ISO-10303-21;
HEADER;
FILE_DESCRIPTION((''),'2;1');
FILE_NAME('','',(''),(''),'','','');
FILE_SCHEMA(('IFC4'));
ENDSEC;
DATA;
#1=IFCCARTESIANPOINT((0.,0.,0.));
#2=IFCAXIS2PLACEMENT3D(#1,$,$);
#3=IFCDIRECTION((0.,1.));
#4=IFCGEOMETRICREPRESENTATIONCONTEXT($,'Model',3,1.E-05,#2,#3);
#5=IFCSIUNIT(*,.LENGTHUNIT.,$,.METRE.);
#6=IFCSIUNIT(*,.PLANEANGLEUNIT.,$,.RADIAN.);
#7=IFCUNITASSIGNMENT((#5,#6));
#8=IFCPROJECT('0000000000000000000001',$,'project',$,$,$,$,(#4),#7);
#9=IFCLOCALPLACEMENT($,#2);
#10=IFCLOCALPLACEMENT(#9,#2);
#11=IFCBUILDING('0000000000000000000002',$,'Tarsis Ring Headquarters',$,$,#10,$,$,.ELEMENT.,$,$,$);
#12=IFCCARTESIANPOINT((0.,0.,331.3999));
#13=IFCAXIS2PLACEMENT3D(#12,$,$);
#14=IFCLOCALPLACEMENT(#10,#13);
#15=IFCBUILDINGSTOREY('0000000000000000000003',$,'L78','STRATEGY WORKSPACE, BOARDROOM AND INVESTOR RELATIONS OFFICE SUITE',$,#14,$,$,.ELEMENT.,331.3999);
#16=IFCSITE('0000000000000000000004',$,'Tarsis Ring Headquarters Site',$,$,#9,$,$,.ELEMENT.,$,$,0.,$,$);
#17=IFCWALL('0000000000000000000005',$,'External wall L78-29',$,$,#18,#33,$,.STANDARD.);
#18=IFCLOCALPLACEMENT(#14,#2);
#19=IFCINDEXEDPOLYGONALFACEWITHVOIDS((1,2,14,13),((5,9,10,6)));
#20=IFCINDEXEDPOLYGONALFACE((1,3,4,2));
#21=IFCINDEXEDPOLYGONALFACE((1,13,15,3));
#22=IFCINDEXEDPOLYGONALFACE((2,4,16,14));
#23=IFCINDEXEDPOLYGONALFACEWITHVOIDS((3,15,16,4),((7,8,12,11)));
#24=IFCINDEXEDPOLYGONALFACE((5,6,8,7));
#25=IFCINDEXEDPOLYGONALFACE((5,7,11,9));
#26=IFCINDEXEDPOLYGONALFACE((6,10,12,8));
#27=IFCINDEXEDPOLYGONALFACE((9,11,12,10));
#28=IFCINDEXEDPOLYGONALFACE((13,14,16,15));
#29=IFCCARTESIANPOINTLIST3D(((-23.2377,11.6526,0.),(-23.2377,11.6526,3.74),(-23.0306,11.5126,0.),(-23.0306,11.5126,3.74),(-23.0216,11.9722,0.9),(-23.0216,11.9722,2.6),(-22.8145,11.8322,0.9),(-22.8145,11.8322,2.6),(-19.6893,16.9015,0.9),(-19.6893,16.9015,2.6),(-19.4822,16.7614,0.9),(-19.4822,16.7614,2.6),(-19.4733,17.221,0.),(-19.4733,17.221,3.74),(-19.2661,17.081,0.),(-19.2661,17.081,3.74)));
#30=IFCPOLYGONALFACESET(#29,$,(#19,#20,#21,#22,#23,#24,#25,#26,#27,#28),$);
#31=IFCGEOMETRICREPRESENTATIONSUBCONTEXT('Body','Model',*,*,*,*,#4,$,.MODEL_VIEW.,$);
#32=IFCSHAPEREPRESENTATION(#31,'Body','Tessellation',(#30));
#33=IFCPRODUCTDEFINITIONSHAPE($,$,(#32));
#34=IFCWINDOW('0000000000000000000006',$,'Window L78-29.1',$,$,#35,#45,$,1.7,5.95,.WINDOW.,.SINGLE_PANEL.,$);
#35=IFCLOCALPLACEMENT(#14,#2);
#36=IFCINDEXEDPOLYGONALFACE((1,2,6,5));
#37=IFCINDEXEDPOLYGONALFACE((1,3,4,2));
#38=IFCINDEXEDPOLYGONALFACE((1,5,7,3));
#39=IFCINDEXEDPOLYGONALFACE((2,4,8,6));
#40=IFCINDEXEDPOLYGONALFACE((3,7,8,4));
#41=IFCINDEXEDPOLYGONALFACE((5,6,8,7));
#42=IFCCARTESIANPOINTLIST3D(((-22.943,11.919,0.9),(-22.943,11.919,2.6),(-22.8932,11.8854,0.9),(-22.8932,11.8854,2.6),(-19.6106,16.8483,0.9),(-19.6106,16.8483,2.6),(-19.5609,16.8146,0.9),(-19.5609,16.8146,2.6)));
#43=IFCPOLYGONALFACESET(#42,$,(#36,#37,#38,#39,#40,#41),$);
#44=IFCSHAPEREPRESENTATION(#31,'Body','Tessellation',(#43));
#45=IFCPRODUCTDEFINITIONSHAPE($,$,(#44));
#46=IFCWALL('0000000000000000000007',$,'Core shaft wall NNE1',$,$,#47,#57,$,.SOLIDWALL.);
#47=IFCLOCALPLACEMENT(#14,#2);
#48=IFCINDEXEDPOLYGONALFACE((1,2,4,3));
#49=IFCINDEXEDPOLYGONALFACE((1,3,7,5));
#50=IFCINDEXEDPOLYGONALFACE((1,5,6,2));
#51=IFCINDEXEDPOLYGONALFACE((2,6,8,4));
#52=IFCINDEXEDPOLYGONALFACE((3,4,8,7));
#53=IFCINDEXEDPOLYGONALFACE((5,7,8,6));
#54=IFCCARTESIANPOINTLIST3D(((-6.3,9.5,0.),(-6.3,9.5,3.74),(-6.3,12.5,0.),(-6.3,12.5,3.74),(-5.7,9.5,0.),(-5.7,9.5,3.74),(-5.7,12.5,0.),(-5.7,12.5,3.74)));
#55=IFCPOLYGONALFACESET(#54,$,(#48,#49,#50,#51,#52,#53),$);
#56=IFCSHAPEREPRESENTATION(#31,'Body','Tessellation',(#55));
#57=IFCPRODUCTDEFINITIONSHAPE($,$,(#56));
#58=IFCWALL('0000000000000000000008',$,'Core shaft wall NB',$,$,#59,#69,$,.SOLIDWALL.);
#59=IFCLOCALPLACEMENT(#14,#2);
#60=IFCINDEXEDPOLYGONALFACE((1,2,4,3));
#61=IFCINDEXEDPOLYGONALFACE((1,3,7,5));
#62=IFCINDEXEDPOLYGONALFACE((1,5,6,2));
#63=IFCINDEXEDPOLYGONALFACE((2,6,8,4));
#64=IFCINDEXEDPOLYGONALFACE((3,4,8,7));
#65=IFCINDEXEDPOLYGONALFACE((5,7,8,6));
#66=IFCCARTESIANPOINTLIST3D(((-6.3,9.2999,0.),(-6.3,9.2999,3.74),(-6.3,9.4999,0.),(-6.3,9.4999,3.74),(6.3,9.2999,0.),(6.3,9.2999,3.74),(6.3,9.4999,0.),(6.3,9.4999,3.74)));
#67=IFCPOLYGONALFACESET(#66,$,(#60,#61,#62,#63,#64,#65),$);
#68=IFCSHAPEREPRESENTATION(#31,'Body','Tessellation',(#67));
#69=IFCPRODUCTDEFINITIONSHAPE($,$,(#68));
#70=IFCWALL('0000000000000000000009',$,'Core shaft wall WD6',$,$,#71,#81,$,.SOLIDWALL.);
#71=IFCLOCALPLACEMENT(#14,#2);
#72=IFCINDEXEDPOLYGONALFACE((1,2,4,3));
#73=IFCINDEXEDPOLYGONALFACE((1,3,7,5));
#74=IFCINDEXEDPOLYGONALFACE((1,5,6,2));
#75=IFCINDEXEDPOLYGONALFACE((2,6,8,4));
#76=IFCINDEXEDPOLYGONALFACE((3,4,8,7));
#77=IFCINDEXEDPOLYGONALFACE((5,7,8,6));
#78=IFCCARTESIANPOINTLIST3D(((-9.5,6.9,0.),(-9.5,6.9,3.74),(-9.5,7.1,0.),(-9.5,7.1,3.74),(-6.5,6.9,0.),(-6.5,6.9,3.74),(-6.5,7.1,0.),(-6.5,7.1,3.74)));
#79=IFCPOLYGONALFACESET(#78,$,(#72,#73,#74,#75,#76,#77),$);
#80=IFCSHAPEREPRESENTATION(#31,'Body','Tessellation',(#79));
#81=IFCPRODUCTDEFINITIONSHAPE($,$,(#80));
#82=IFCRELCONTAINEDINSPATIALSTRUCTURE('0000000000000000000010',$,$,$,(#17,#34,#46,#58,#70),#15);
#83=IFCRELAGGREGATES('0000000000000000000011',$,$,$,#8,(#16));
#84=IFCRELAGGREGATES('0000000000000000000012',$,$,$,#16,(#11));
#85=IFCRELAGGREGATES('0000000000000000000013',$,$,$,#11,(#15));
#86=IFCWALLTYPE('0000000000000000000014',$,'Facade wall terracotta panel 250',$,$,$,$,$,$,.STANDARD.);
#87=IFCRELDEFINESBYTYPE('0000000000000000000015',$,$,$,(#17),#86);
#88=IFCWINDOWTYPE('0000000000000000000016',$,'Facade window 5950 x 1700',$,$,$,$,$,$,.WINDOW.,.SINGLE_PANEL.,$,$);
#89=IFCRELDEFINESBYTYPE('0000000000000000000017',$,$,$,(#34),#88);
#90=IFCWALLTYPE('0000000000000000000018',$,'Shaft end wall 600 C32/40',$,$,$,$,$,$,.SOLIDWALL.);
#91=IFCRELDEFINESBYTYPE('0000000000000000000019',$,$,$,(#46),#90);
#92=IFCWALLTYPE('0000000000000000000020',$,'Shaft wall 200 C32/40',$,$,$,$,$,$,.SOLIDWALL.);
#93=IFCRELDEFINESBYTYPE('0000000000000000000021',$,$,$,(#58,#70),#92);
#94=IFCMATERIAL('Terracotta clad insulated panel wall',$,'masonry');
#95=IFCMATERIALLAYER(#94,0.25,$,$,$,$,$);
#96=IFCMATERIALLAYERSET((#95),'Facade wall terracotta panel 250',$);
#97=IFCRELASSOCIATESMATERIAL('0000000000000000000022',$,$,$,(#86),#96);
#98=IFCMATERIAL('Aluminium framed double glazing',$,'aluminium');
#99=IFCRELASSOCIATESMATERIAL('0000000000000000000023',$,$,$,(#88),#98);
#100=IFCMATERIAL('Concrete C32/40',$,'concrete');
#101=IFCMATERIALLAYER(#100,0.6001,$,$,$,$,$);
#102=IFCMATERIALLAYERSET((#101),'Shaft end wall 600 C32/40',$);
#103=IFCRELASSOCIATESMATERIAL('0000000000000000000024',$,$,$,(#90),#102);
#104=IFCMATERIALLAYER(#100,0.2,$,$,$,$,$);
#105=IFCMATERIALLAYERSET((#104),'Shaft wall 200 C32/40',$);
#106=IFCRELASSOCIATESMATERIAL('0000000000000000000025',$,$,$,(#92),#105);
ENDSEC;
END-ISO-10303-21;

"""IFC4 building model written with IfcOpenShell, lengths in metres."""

from ifc_helpers import new_model, si_unit, direction, frame, frame_2d, origin, place, context, subcontext, project, spatial, rectangle, extrude, material, layer, layer_set, type_object, element, fill, save


model = new_model("IFC4")

# Units and contexts
model_context = context("Model", 3, precision=1e-05, world=origin(), true_north=direction((0.0, 1.0)))
body_context = subcontext(model_context, "Body", "Model", "MODEL_VIEW")
ifc_project = project(units=[si_unit("LENGTHUNIT", "METRE"), si_unit("PLANEANGLEUNIT", "RADIAN")], contexts=[model_context])

# Site, building, storey
site_placement = place(None, origin())
site = spatial("IfcSite", under=ifc_project, at=site_placement, Name="Tarsis Ring Headquarters Site", CompositionType="ELEMENT", RefElevation=0.0)
building_placement = place(site_placement, origin())
building = spatial("IfcBuilding", under=site, at=building_placement, Name="Tarsis Ring Headquarters", CompositionType="ELEMENT")
storey_placement = place(building_placement, frame((0.0, 0.0, 331.3999)))
storey = spatial("IfcBuildingStorey", under=building, at=storey_placement, Name="L78", Description="STRATEGY WORKSPACE, BOARDROOM AND INVESTOR RELATIONS OFFICE SUITE", CompositionType="ELEMENT", Elevation=331.3999)

# Wall, opening, window
ifc_material_1 = material(Name="Terracotta clad insulated panel wall", Category="masonry")
ifc_layer_1 = layer(ifc_material_1, 0.25)
ifc_layer_set_1 = layer_set([ifc_layer_1], Name="Facade wall terracotta panel 250")
wall_type_1 = type_object("IfcWallType", Name="Facade wall terracotta panel 250", PredefinedType="STANDARD", material=ifc_layer_set_1)
wall_1_placement = place(storey_placement, frame((-19.3696, 17.1511, 0.0), z_axis=(0.0, 0.0, 1.0), x_axis=(-0.560062, -0.828451, 0.0)))
wall_1 = element("IfcWall", 1, at=wall_1_placement, inside=storey, type_object=wall_type_1, Name="External wall L78-29", PredefinedType="STANDARD", context=body_context, shape_type="SweptSolid", body=[
    extrude(rectangle(XDim=6.7214, YDim=0.25, at=frame_2d((3.3608, 0.0))), origin(), (0.0, 0.0, 1.0), 3.74),
])
opening_1_placement = place(wall_1_placement, frame((0.3857, 0.0, 0.8999)))
opening_1 = element("IfcOpeningElement", 2, at=opening_1_placement, cuts=wall_1, PredefinedType="OPENING", context=body_context, shape_type="SweptSolid", body=[
    extrude(rectangle(XDim=5.95, YDim=1.7, at=frame_2d((2.9751, 0.8501))), frame((0.0, 0.135, 0.0), z_axis=(0.0, -1.0, 0.0), x_axis=(1.0, 0.0, 0.0)), (0.0, 0.0, 1.0), 0.27),
])
ifc_material_2 = material(Name="Aluminium framed double glazing", Category="aluminium")
window_type = type_object("IfcWindowType", Name="Facade window 5950 x 1700", PartitioningType="SINGLE_PANEL", PredefinedType="WINDOW", material=ifc_material_2)
window_placement = place(opening_1_placement, origin())
window = element("IfcWindow", 3, at=window_placement, inside=storey, type_object=window_type, Name="Window L78-29.1", OverallHeight=1.7, OverallWidth=5.95, PartitioningType="SINGLE_PANEL", PredefinedType="WINDOW", context=body_context, shape_type="SweptSolid", body=[
    extrude(rectangle(XDim=5.95, YDim=1.7, at=frame_2d((2.9751, 0.8501))), frame((0.0, 0.03, 0.0), z_axis=(0.0, -1.0, 0.0), x_axis=(1.0, 0.0, 0.0)), (0.0, 0.0, 1.0), 0.0601),
])
fill(opening_1, window)

# Walls
ifc_material_3 = material(Name="Concrete C32/40", Category="concrete")
ifc_layer_2 = layer(ifc_material_3, 0.6001)
ifc_layer_set_2 = layer_set([ifc_layer_2], Name="Shaft end wall 600 C32/40")
wall_type_2 = type_object("IfcWallType", Name="Shaft end wall 600 C32/40", PredefinedType="SOLIDWALL", material=ifc_layer_set_2)
wall_2_placement = place(storey_placement, frame((-6.0, 9.5, 0.0), z_axis=(0.0, 0.0, 1.0), x_axis=(0.0, 1.0, 0.0)))
element("IfcWall", 4, at=wall_2_placement, inside=storey, type_object=wall_type_2, Name="Core shaft wall NNE1", PredefinedType="SOLIDWALL", context=body_context, shape_type="SweptSolid", body=[
    extrude(rectangle(XDim=3.0, YDim=0.6001, at=frame_2d((1.5, 0.0))), origin(), (0.0, 0.0, 1.0), 3.74),
])
ifc_layer_3 = layer(ifc_material_3, 0.2)
ifc_layer_set_3 = layer_set([ifc_layer_3], Name="Shaft wall 200 C32/40")
wall_type_3 = type_object("IfcWallType", Name="Shaft wall 200 C32/40", PredefinedType="SOLIDWALL", material=ifc_layer_set_3)
wall_3_placement = place(storey_placement, frame((-6.3, 9.3999, 0.0), z_axis=(0.0, 0.0, 1.0), x_axis=(1.0, 0.0, 0.0)))
element("IfcWall", 5, at=wall_3_placement, inside=storey, type_object=wall_type_3, Name="Core shaft wall NB", PredefinedType="SOLIDWALL", context=body_context, shape_type="SweptSolid", body=[
    extrude(rectangle(XDim=12.6001, YDim=0.2, at=frame_2d((6.3, 0.0))), origin(), (0.0, 0.0, 1.0), 3.74),
])
wall_4_placement = place(storey_placement, frame((-9.5, 7.0, 0.0), z_axis=(0.0, 0.0, 1.0), x_axis=(1.0, 0.0, 0.0)))
element("IfcWall", 6, at=wall_4_placement, inside=storey, type_object=wall_type_3, Name="Core shaft wall WD6", PredefinedType="SOLIDWALL", context=body_context, shape_type="SweptSolid", body=[
    extrude(rectangle(XDim=3.0, YDim=0.2, at=frame_2d((1.5, 0.0))), origin(), (0.0, 0.0, 1.0), 3.74),
])

save(model, "model.ifc")
